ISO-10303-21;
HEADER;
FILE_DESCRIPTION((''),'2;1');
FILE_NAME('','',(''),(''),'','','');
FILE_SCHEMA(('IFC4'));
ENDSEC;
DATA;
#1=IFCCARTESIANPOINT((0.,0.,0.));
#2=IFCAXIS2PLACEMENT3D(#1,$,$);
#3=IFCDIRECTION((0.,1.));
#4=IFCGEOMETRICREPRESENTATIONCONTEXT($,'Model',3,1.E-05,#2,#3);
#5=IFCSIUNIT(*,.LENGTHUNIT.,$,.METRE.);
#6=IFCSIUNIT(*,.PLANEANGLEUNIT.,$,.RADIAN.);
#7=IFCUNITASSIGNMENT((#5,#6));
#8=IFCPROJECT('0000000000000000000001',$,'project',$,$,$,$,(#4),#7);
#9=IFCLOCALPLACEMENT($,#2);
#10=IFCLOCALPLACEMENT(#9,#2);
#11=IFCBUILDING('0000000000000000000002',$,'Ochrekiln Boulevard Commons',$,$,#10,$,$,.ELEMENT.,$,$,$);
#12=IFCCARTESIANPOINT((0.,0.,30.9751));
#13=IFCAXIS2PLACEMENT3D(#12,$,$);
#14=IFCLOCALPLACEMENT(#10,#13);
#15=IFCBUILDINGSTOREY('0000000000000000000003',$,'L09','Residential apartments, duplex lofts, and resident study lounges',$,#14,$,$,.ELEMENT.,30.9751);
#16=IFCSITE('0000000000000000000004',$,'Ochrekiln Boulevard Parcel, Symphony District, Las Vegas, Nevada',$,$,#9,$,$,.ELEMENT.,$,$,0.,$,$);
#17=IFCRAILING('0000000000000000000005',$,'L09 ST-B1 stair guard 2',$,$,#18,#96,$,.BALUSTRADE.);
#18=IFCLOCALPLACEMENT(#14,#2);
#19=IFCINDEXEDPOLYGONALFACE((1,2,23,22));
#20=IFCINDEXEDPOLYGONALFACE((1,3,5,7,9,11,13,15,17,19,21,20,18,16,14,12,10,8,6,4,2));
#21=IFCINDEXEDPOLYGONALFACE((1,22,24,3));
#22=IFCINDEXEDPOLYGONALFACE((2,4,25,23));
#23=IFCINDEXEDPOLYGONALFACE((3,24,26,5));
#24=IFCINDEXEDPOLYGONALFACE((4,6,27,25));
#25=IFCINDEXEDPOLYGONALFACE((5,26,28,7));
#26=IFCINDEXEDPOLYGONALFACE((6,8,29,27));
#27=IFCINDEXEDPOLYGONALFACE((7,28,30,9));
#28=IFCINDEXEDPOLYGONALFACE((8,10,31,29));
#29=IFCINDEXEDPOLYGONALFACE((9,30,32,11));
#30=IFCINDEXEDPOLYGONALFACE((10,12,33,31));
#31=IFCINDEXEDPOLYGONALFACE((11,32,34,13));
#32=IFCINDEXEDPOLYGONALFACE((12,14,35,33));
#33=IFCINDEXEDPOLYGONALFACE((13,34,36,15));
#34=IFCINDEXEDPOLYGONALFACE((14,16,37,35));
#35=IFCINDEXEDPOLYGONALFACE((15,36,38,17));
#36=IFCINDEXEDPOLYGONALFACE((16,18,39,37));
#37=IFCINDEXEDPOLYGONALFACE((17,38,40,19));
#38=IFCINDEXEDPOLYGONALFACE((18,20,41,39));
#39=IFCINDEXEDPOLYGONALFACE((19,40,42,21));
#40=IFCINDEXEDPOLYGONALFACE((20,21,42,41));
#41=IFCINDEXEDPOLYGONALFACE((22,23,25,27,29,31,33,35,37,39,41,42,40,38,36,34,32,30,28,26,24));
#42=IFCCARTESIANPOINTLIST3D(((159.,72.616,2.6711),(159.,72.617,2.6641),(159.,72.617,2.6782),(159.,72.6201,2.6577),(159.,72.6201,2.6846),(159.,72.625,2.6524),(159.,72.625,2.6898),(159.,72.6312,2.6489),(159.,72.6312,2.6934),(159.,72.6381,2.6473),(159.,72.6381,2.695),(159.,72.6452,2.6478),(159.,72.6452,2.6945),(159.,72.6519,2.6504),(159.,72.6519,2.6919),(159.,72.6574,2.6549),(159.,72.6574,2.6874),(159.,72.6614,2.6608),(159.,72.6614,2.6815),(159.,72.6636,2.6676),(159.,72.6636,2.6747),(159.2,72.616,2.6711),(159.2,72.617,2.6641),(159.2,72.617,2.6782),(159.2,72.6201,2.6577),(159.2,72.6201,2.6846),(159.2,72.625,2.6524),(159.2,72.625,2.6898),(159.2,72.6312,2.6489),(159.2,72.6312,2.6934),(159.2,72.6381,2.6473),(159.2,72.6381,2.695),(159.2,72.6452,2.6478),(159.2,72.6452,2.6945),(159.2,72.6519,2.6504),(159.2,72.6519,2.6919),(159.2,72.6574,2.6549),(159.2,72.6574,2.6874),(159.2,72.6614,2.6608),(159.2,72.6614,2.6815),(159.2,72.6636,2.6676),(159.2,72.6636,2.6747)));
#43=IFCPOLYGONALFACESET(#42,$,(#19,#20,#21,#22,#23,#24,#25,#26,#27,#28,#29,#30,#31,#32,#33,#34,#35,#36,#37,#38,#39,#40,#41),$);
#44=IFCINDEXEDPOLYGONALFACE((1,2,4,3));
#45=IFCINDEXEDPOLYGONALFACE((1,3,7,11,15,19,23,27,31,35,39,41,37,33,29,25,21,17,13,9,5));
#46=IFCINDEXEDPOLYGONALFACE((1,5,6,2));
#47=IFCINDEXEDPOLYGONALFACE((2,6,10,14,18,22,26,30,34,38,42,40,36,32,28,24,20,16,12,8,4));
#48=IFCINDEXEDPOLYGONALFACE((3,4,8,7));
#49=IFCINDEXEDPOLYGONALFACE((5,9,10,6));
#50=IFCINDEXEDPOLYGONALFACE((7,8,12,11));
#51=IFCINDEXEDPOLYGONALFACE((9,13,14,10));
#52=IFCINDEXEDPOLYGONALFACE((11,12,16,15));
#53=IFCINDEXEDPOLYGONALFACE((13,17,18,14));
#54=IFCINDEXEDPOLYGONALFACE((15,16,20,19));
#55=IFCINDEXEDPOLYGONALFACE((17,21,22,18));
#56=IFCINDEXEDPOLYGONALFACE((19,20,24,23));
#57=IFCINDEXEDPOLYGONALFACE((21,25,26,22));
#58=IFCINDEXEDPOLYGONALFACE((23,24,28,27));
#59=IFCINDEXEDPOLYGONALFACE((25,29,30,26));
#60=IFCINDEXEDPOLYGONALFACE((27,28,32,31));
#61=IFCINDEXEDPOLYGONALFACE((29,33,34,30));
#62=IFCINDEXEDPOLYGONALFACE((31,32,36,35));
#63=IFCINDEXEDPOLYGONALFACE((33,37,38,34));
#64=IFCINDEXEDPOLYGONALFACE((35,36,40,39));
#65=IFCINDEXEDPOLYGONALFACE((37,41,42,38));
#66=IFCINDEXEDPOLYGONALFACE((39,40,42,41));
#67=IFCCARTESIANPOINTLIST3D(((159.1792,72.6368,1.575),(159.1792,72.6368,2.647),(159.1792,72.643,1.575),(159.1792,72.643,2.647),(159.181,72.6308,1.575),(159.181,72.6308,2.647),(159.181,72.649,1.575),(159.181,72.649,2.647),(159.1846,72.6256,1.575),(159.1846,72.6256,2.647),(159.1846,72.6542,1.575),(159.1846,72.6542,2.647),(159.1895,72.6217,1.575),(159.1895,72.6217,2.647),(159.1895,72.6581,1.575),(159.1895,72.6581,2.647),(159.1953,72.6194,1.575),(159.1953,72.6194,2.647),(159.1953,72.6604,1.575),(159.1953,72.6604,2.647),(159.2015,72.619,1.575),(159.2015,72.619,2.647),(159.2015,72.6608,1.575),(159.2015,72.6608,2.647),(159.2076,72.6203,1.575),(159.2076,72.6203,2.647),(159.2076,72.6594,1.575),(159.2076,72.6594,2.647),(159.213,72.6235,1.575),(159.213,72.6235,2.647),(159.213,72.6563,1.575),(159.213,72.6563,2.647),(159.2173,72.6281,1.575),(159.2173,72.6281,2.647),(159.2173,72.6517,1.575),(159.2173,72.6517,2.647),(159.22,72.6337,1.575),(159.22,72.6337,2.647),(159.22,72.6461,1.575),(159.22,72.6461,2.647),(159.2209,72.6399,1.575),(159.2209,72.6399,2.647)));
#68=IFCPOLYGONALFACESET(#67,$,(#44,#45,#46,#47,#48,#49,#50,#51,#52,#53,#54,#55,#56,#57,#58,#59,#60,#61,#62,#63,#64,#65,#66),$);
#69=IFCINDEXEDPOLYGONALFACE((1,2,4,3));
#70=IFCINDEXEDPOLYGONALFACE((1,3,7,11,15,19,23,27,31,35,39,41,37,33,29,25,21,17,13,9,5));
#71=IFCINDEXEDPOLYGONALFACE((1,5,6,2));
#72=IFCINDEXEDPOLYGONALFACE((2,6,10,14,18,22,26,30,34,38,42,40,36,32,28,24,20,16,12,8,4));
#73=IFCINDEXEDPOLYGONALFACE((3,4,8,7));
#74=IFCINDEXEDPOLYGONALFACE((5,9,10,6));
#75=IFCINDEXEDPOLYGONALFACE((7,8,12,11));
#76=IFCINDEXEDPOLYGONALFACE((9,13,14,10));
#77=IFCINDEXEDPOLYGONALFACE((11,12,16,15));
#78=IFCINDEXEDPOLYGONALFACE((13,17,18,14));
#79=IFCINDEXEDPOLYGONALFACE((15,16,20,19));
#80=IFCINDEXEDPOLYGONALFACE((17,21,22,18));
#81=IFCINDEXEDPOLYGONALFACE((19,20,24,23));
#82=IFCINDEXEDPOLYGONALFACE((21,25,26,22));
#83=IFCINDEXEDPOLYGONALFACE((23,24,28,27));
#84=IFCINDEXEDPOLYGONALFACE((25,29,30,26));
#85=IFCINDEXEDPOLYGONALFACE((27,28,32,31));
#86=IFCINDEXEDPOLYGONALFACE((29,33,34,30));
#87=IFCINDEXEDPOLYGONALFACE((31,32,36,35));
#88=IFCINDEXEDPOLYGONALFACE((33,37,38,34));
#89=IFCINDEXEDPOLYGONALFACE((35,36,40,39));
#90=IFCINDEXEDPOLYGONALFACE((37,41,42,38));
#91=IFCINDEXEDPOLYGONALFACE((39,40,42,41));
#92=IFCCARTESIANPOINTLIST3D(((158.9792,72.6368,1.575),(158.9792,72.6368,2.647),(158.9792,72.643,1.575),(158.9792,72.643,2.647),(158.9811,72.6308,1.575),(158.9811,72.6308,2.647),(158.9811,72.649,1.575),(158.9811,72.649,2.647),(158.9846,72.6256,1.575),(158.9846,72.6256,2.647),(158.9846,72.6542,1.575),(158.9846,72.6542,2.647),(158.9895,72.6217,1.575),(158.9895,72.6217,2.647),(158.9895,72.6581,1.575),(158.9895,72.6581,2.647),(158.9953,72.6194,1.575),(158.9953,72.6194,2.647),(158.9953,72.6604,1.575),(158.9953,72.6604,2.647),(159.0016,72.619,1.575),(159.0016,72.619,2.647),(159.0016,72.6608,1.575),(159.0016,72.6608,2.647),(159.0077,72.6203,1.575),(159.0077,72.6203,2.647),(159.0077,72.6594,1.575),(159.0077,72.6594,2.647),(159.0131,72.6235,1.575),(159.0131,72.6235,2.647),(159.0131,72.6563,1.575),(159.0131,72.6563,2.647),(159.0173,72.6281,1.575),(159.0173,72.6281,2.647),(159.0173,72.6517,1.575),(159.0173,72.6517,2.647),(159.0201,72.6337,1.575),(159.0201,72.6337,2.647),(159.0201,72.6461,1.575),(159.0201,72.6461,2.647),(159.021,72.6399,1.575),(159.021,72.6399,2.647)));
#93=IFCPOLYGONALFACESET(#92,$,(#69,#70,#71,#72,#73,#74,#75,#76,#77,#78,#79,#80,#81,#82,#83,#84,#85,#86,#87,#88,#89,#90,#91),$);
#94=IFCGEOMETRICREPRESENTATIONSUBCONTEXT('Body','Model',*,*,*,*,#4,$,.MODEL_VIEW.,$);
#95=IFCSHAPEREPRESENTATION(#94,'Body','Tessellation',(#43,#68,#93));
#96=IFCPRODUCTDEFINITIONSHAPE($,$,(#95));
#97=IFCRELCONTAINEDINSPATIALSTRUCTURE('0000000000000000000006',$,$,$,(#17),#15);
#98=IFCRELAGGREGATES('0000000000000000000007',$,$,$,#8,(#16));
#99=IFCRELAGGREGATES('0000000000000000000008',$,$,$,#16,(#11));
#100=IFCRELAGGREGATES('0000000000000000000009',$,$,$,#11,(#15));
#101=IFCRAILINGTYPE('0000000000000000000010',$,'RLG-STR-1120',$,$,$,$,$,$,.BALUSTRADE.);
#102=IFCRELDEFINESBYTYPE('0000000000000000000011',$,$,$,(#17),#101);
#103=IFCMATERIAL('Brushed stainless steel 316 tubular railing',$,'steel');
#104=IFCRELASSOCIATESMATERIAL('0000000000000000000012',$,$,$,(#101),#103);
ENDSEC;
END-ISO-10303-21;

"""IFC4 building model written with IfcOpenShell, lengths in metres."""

from ifc_helpers import new_model, si_unit, direction, frame, origin, origin_2d, place, context, subcontext, project, spatial, circle, extrude, material, type_object, element, save


model = new_model("IFC4")

# Units and contexts
model_context = context("Model", 3, precision=1e-05, world=origin(), true_north=direction((0.0, 1.0)))
body_context = subcontext(model_context, "Body", "Model", "MODEL_VIEW")
ifc_project = project(units=[si_unit("LENGTHUNIT", "METRE"), si_unit("PLANEANGLEUNIT", "RADIAN")], contexts=[model_context])

# Site, building, storey
site_placement = place(None, origin())
site = spatial("IfcSite", under=ifc_project, at=site_placement, Name="Ochrekiln Boulevard Parcel, Symphony District, Las Vegas, Nevada", CompositionType="ELEMENT", RefElevation=0.0)
building_placement = place(site_placement, origin())
building = spatial("IfcBuilding", under=site, at=building_placement, Name="Ochrekiln Boulevard Commons", CompositionType="ELEMENT")
storey_placement = place(building_placement, frame((0.0, 0.0, 30.9751)))
storey = spatial("IfcBuildingStorey", under=building, at=storey_placement, Name="L09", Description="Residential apartments, duplex lofts, and resident study lounges", CompositionType="ELEMENT", Elevation=30.9751)

# Railing
ifc_material_1 = material(Name="Brushed stainless steel 316 tubular railing", Category="steel")
railing_type_1 = type_object("IfcRailingType", Name="RLG-STR-1120", PredefinedType="BALUSTRADE", material=ifc_material_1)
railing_1_placement = place(storey_placement, frame((159.2, 72.6399, 1.575)))
element("IfcRailing", 1, at=railing_1_placement, inside=storey, type_object=railing_type_1, Name="L09 ST-B1 stair guard 2", PredefinedType="BALUSTRADE", context=body_context, shape_type="SweptSolid", body=[
    extrude(circle(Radius=0.0239, at=origin_2d()), frame((0.0, 0.0, 1.0962), z_axis=(-1.0, 0.0, 0.0), x_axis=(0.0, -1.0, 0.0)), (0.0, 0.0, 1.0), 0.2),
    extrude(circle(Radius=0.021, at=origin_2d()), origin(), (0.0, 0.0, 1.0), 1.072),
    extrude(circle(Radius=0.021, at=origin_2d()), frame((-0.2, 0.0, 0.0)), (0.0, 0.0, 1.0), 1.072),
])

save(model, "model.ifc")
